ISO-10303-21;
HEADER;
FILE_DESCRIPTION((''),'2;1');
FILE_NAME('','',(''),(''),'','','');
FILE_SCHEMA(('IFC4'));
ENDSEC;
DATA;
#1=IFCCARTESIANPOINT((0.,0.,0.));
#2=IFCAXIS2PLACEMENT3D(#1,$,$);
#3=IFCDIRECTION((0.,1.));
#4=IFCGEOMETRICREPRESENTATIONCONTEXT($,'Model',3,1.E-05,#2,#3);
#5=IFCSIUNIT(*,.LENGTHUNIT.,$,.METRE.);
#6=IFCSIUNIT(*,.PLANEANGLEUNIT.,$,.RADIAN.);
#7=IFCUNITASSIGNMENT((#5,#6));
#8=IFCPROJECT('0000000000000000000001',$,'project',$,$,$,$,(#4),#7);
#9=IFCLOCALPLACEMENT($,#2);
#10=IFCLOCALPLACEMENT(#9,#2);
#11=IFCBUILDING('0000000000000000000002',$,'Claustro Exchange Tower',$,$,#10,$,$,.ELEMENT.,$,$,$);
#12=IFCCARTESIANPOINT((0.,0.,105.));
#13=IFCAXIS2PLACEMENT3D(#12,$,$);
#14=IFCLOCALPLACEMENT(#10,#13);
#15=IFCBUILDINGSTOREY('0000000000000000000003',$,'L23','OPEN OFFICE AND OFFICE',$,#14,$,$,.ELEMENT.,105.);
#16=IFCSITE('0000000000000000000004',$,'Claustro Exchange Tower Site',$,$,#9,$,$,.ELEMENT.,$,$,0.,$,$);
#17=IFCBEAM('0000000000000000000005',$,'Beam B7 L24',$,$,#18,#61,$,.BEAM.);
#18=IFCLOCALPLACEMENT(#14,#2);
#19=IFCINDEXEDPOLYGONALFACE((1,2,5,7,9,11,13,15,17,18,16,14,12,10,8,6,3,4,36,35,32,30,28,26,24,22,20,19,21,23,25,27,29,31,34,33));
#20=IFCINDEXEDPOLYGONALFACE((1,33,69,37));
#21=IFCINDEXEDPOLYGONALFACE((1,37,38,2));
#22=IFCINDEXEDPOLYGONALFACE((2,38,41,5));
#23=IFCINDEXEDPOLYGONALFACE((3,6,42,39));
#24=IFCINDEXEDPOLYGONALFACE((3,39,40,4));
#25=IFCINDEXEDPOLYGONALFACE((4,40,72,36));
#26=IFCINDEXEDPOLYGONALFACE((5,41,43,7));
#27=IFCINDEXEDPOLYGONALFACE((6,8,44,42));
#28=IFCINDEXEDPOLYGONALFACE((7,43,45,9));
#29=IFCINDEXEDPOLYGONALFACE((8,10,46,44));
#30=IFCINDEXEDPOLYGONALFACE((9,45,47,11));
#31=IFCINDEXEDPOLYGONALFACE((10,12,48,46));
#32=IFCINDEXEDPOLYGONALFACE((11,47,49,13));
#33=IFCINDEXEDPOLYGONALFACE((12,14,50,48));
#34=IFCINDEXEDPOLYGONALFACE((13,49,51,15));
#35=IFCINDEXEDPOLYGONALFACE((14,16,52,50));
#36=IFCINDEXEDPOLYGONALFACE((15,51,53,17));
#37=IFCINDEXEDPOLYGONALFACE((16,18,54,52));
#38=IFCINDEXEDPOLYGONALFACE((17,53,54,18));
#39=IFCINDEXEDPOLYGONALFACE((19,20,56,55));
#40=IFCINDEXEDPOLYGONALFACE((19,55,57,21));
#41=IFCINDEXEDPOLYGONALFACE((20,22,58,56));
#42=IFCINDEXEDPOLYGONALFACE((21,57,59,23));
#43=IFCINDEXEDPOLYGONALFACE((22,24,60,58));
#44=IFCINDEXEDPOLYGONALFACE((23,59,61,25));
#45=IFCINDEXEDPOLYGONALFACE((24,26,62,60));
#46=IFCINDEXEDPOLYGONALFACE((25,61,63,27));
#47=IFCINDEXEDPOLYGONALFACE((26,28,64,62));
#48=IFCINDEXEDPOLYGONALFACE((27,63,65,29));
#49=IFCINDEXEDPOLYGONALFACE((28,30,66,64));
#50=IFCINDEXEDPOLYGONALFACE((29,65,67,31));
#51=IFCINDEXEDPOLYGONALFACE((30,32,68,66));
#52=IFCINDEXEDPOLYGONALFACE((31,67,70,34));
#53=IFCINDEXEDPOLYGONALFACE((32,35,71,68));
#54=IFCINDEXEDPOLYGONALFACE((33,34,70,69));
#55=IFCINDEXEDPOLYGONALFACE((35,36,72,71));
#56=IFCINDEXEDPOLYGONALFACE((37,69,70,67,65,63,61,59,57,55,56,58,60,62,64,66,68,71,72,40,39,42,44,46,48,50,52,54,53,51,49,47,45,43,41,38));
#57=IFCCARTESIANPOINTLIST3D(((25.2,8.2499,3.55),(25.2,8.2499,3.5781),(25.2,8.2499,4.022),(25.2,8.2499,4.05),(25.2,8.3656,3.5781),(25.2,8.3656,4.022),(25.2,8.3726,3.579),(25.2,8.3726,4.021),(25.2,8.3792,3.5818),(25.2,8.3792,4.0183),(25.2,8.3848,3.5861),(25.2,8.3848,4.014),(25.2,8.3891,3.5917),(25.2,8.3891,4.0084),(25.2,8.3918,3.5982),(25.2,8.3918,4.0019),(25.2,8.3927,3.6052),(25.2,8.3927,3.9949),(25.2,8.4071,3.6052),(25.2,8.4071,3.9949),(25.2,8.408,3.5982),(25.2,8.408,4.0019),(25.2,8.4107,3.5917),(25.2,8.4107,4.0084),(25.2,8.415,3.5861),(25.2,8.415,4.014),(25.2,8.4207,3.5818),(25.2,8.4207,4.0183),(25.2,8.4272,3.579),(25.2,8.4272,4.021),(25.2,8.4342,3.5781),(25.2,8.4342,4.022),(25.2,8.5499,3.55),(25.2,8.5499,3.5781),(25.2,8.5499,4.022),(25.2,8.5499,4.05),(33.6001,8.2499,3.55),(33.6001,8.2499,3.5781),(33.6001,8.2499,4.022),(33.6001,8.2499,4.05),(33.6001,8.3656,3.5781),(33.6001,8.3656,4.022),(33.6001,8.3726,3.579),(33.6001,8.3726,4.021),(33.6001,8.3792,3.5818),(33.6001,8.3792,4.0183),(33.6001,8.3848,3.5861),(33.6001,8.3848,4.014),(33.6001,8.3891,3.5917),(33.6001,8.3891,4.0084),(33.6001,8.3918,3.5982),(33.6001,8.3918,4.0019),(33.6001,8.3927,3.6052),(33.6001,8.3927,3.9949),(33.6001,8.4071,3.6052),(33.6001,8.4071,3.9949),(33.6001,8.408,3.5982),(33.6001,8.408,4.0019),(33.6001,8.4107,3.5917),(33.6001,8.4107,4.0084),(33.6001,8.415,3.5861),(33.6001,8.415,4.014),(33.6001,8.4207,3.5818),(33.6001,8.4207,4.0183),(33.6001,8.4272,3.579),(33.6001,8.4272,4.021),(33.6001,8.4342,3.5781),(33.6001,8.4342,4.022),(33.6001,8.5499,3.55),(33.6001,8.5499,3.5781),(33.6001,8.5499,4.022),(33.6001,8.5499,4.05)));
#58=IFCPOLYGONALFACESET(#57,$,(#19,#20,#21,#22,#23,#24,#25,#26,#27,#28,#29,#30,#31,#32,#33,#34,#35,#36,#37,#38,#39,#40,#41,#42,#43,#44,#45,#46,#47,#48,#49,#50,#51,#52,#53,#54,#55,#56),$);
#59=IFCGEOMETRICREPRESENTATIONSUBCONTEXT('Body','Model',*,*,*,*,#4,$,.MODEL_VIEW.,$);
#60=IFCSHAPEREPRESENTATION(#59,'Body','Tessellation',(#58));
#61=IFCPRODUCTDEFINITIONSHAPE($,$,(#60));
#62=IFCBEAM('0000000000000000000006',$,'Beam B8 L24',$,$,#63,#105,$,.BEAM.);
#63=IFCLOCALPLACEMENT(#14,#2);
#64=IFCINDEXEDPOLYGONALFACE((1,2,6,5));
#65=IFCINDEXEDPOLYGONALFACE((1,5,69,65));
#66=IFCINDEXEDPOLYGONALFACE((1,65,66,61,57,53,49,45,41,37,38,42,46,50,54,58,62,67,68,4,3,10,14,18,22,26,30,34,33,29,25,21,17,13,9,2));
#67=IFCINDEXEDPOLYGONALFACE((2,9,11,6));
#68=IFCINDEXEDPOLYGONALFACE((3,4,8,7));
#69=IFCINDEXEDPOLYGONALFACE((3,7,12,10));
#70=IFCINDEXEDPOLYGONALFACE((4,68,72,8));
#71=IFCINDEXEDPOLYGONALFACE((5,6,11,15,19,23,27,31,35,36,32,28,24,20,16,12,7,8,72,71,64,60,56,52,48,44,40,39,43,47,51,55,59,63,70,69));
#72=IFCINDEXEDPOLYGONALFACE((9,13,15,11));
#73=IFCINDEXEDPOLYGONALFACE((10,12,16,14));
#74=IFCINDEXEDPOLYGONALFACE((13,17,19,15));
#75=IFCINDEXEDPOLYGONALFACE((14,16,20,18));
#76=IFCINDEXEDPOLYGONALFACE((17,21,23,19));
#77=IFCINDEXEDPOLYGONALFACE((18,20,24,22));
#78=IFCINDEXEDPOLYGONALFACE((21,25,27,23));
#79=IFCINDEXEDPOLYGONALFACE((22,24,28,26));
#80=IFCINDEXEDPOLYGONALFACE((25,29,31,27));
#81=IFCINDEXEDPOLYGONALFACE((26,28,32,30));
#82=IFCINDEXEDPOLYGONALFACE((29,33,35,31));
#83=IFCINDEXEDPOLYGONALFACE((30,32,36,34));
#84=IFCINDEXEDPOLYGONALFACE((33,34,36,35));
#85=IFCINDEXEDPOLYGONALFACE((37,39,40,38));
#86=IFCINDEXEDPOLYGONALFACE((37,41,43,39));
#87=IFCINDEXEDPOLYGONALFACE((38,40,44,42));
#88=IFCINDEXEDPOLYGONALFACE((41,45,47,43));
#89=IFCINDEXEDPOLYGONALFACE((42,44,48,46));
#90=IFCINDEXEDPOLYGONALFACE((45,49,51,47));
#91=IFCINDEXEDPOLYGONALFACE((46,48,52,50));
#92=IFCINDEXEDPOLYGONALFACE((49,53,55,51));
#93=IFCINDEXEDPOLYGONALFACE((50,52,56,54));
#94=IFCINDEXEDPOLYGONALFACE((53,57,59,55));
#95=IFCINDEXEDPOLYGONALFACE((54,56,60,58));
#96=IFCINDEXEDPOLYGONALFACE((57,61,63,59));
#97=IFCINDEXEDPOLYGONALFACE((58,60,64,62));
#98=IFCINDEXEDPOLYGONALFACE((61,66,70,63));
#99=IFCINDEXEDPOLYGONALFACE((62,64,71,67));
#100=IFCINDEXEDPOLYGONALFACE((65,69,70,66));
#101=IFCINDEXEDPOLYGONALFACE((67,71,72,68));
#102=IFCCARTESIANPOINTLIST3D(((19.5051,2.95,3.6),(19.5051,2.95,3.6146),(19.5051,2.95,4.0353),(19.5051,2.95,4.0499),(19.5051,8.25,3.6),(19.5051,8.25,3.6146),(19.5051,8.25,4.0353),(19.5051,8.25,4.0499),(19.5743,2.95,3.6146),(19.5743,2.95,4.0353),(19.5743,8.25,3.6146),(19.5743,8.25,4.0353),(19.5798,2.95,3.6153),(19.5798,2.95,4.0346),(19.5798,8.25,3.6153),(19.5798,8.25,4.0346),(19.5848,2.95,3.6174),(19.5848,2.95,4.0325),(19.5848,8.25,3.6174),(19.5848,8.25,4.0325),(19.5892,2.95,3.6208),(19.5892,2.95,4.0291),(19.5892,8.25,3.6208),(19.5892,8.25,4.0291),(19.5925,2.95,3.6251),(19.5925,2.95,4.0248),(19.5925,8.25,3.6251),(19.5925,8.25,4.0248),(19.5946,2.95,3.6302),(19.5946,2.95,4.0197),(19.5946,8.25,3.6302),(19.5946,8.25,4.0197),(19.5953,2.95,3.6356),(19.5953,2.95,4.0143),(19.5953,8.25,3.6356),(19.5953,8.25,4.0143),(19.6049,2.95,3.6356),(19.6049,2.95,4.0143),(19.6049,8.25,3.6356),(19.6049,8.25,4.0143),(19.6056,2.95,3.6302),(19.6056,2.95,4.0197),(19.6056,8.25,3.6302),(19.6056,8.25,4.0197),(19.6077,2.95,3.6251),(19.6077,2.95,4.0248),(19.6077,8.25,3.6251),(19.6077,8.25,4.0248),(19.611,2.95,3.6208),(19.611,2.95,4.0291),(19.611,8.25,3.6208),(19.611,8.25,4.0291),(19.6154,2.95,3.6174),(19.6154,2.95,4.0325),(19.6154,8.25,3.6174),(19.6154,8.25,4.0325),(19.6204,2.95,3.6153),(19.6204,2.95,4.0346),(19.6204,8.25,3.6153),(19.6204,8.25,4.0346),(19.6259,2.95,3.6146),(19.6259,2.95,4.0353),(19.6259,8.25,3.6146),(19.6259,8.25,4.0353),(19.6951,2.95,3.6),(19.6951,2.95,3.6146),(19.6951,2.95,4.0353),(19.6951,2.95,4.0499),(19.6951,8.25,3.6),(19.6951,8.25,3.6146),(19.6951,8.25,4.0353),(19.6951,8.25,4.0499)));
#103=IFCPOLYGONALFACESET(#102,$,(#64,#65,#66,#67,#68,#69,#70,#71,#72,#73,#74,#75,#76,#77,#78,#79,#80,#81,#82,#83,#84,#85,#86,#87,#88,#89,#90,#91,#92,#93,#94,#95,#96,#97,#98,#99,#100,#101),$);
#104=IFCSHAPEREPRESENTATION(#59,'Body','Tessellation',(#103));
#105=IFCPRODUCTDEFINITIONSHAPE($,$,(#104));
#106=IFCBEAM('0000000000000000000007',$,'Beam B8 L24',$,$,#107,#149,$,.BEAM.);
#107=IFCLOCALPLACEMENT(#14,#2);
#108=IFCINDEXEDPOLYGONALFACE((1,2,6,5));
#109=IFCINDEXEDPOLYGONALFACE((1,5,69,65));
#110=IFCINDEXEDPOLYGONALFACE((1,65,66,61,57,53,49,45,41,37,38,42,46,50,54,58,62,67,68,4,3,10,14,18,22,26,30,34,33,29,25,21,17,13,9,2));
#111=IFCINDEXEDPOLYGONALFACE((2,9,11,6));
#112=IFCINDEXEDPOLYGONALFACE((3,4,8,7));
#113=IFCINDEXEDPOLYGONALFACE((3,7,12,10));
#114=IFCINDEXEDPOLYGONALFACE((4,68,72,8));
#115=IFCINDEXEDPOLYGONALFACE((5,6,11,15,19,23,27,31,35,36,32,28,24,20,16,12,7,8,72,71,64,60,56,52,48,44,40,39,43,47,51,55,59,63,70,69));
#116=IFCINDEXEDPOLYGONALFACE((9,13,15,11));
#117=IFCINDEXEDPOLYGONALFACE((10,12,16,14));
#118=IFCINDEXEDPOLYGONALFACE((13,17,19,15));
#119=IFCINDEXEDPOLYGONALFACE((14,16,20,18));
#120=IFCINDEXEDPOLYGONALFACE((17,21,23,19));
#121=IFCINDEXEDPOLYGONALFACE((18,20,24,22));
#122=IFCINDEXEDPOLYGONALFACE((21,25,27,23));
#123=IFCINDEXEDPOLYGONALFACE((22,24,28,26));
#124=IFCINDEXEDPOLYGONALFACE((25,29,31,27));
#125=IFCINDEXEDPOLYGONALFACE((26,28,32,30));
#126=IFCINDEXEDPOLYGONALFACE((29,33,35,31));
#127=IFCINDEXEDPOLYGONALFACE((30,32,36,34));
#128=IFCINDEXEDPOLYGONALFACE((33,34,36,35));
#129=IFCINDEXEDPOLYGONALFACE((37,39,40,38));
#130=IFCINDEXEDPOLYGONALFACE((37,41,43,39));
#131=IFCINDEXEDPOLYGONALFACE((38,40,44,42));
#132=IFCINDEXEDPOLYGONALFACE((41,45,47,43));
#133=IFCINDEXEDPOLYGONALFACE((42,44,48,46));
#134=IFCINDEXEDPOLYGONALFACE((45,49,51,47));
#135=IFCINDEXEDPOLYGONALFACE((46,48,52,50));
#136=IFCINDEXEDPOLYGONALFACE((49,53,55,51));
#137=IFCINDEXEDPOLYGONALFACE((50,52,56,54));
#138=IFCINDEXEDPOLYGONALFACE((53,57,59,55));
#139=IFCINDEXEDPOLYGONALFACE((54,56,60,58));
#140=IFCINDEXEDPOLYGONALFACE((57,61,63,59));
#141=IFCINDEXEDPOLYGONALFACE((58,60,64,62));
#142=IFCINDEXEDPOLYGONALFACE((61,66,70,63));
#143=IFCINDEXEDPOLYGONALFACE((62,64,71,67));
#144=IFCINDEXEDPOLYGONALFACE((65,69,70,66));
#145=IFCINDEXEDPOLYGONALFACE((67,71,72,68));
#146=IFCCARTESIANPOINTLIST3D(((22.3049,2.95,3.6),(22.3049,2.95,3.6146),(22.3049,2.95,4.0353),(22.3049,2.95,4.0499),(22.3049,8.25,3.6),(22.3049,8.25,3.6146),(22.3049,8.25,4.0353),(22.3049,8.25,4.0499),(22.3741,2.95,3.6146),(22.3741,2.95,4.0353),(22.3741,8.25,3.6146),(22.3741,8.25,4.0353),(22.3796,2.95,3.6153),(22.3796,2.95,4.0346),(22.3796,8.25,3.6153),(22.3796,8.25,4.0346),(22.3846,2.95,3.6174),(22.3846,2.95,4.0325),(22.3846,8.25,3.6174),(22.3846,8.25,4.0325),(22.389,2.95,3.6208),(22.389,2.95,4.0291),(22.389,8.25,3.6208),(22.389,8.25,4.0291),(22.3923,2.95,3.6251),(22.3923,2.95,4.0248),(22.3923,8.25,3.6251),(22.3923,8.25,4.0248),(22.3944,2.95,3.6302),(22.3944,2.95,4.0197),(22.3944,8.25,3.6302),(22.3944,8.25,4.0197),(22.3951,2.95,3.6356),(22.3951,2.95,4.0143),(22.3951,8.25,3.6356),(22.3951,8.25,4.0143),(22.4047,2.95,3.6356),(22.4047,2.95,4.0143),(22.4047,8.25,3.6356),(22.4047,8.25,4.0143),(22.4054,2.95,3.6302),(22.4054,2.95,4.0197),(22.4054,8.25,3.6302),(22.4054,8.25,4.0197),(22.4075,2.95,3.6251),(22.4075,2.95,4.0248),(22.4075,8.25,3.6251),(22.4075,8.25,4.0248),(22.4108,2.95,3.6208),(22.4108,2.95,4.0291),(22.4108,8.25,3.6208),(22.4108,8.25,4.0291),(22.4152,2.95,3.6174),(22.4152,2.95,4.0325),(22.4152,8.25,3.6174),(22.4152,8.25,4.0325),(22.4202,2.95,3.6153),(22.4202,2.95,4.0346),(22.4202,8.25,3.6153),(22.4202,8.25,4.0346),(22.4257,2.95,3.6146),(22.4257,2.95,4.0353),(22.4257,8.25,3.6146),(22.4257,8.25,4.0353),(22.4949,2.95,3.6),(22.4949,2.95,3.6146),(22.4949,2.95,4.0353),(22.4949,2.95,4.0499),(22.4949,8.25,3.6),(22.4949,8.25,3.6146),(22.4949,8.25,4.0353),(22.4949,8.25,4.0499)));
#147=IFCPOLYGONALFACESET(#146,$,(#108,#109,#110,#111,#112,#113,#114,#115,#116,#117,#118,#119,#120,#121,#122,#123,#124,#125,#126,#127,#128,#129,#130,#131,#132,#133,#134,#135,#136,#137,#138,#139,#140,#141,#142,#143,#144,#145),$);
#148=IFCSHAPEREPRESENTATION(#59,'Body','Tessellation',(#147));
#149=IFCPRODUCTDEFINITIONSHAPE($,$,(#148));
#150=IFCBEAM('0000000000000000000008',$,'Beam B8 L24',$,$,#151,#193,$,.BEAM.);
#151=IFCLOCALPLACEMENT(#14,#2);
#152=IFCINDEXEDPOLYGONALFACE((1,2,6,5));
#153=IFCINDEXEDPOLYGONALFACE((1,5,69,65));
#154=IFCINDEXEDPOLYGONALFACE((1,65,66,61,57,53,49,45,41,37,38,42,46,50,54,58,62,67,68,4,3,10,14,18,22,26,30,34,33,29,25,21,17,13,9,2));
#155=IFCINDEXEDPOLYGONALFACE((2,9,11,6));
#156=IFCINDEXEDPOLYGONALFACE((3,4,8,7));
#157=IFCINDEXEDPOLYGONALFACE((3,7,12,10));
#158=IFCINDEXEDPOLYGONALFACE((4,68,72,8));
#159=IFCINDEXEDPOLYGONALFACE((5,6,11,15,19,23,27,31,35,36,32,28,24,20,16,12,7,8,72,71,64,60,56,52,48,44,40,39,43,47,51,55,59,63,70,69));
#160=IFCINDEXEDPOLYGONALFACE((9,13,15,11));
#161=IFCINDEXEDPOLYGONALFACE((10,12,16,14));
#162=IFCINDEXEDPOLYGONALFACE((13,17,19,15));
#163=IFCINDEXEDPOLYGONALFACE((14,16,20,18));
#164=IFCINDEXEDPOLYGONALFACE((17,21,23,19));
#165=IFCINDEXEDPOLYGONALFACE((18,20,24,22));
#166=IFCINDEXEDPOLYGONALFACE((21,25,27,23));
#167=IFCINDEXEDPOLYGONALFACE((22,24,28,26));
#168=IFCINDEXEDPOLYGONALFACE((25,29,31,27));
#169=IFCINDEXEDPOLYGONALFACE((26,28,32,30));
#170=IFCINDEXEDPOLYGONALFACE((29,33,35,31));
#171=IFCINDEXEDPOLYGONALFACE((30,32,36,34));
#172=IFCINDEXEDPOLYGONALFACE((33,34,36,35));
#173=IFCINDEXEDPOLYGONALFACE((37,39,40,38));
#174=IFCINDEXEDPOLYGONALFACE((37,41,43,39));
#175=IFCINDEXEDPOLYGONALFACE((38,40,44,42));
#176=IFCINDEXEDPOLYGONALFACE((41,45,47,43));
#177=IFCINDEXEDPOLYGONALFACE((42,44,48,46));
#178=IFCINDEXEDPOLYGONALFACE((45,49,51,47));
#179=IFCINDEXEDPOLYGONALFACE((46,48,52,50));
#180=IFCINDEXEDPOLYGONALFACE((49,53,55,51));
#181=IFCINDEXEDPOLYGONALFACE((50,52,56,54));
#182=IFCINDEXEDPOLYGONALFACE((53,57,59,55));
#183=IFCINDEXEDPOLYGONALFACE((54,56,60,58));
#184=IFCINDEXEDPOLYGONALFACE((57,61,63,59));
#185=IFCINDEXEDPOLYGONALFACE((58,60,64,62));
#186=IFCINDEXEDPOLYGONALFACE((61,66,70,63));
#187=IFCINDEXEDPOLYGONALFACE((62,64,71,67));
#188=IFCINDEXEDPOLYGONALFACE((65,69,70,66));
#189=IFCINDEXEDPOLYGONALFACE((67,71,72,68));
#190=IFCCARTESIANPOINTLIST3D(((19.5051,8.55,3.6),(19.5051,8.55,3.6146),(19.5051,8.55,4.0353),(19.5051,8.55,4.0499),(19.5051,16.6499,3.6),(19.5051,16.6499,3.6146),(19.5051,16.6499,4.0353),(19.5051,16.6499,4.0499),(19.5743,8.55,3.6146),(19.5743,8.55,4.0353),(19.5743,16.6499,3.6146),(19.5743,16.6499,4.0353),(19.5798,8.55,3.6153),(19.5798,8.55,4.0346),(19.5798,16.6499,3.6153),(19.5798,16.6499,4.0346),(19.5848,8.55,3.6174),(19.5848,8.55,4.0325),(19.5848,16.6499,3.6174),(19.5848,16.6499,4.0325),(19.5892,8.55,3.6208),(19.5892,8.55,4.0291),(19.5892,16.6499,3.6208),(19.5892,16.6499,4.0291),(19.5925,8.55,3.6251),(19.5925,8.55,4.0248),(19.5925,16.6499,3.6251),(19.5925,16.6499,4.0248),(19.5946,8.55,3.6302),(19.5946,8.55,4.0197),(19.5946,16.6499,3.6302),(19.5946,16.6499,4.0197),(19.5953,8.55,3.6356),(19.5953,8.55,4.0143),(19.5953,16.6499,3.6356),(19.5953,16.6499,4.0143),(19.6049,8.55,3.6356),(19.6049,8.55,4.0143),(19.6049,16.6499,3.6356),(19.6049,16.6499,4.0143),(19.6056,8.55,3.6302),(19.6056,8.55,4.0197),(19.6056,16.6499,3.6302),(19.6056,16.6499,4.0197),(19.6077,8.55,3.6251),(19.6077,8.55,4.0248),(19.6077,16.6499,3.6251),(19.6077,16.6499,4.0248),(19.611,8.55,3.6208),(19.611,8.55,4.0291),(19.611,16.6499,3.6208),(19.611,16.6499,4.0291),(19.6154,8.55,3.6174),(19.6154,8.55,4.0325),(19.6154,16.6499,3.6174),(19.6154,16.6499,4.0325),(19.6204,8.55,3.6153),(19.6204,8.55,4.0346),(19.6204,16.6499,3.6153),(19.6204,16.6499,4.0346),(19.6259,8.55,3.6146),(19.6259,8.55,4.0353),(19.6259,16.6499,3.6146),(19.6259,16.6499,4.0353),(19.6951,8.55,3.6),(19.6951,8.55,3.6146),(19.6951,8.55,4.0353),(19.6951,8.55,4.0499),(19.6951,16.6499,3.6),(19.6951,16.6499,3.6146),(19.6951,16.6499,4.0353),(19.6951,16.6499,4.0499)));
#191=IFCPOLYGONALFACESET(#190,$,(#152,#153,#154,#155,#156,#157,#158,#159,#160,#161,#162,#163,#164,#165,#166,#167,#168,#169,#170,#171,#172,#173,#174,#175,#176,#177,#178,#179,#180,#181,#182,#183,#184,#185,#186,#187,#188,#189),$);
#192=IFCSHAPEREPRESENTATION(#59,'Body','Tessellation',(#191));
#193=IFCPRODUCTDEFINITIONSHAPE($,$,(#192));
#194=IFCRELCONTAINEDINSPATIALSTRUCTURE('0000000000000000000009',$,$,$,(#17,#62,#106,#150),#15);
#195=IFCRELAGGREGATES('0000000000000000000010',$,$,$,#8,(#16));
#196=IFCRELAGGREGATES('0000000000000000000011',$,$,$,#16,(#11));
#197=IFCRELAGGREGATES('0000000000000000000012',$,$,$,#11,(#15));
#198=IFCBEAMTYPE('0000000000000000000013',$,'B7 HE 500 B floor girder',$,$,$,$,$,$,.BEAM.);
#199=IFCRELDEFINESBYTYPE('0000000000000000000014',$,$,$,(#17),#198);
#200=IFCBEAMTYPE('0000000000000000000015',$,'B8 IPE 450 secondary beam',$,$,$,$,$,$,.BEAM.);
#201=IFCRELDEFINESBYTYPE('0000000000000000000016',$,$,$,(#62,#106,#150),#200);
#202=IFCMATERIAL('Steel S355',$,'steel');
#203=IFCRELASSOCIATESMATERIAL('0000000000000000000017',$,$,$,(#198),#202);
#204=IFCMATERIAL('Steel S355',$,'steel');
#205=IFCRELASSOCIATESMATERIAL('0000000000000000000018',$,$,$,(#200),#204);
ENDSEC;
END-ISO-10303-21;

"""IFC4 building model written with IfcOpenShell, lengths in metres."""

from ifc_helpers import new_model, si_unit, direction, frame, origin, origin_2d, place, context, subcontext, project, spatial, i_section, extrude, material, material_profile, profile_set, type_object, element, save


model = new_model("IFC4")

# Units and contexts
model_context = context("Model", 3, precision=1e-05, world=origin(), true_north=direction((0.0, 1.0)))
body_context = subcontext(model_context, "Body", "Model", "MODEL_VIEW")
ifc_project = project(units=[si_unit("LENGTHUNIT", "METRE"), si_unit("PLANEANGLEUNIT", "RADIAN")], contexts=[model_context])

# Site, building, storey
site_placement = place(None, origin())
site = spatial("IfcSite", under=ifc_project, at=site_placement, Name="Claustro Exchange Tower Site", CompositionType="ELEMENT", RefElevation=0.0)
building_placement = place(site_placement, origin())
building = spatial("IfcBuilding", under=site, at=building_placement, Name="Claustro Exchange Tower", CompositionType="ELEMENT")
storey_placement = place(building_placement, frame((0.0, 0.0, 105.0)))
storey = spatial("IfcBuildingStorey", under=building, at=storey_placement, Name="L23", Description="OPEN OFFICE AND OFFICE", CompositionType="ELEMENT", Elevation=105.0)

# Beams
ifc_material_1 = material(Name="Steel S355", Category="steel")
ifc_material_profile_1 = material_profile(ifc_material_1, i_section(OverallWidth=0.3, OverallDepth=0.5, WebThickness=0.0144, FlangeThickness=0.0281, FilletRadius=0.0271, at=origin_2d()), Name="HE 500 B")
ifc_profile_set_1 = profile_set([ifc_material_profile_1], Name="Steel S355")
beam_type_1 = type_object("IfcBeamType", Name="B7 HE 500 B floor girder", PredefinedType="BEAM", material=ifc_profile_set_1)
for number, where, z_axis, x_axis, name in (
    (1, (25.2, 8.3999, 3.8), (1.0, 0.0, 0.0), (0.0, 1.0, 0.0), "Beam B7 L24"),
):
    element("IfcBeam", number, at=place(storey_placement, frame(where, z_axis=z_axis, x_axis=x_axis)), inside=storey, type_object=beam_type_1, Name=name, PredefinedType="BEAM", context=body_context, shape_type="SweptSolid", body=[
        extrude(i_section(OverallWidth=0.3, OverallDepth=0.5, WebThickness=0.0144, FlangeThickness=0.0281, FilletRadius=0.0271, at=origin_2d()), origin(), (0.0, 0.0, 1.0), 8.4001),
    ])
ifc_material_2 = material(Name="Steel S355", Category="steel")
ifc_material_profile_2 = material_profile(ifc_material_2, i_section(OverallWidth=0.1899, OverallDepth=0.45, WebThickness=0.0095, FlangeThickness=0.0146, FilletRadius=0.021, at=origin_2d()), Name="IPE 450")
ifc_profile_set_2 = profile_set([ifc_material_profile_2], Name="Steel S355")
beam_type_2 = type_object("IfcBeamType", Name="B8 IPE 450 secondary beam", PredefinedType="BEAM", material=ifc_profile_set_2)
for number, where, z_axis, x_axis, name in (
    (2, (19.6001, 2.95, 3.825), (0.0, 1.0, 0.0), (-1.0, 0.0, 0.0), "Beam B8 L24"),
    (3, (22.3999, 2.95, 3.825), (0.0, 1.0, 0.0), (-1.0, 0.0, 0.0), "Beam B8 L24"),
):
    element("IfcBeam", number, at=place(storey_placement, frame(where, z_axis=z_axis, x_axis=x_axis)), inside=storey, type_object=beam_type_2, Name=name, PredefinedType="BEAM", context=body_context, shape_type="SweptSolid", body=[
        extrude(i_section(OverallWidth=0.1899, OverallDepth=0.45, WebThickness=0.0095, FlangeThickness=0.0146, FilletRadius=0.021, at=origin_2d()), origin(), (0.0, 0.0, 1.0), 5.3),
    ])
for number, where, z_axis, x_axis, name in (
    (4, (19.6001, 8.55, 3.825), (0.0, 1.0, 0.0), (-1.0, 0.0, 0.0), "Beam B8 L24"),
):
    element("IfcBeam", number, at=place(storey_placement, frame(where, z_axis=z_axis, x_axis=x_axis)), inside=storey, type_object=beam_type_2, Name=name, PredefinedType="BEAM", context=body_context, shape_type="SweptSolid", body=[
        extrude(i_section(OverallWidth=0.1899, OverallDepth=0.45, WebThickness=0.0095, FlangeThickness=0.0146, FilletRadius=0.021, at=origin_2d()), origin(), (0.0, 0.0, 1.0), 8.0999),
    ])

save(model, "model.ifc")
